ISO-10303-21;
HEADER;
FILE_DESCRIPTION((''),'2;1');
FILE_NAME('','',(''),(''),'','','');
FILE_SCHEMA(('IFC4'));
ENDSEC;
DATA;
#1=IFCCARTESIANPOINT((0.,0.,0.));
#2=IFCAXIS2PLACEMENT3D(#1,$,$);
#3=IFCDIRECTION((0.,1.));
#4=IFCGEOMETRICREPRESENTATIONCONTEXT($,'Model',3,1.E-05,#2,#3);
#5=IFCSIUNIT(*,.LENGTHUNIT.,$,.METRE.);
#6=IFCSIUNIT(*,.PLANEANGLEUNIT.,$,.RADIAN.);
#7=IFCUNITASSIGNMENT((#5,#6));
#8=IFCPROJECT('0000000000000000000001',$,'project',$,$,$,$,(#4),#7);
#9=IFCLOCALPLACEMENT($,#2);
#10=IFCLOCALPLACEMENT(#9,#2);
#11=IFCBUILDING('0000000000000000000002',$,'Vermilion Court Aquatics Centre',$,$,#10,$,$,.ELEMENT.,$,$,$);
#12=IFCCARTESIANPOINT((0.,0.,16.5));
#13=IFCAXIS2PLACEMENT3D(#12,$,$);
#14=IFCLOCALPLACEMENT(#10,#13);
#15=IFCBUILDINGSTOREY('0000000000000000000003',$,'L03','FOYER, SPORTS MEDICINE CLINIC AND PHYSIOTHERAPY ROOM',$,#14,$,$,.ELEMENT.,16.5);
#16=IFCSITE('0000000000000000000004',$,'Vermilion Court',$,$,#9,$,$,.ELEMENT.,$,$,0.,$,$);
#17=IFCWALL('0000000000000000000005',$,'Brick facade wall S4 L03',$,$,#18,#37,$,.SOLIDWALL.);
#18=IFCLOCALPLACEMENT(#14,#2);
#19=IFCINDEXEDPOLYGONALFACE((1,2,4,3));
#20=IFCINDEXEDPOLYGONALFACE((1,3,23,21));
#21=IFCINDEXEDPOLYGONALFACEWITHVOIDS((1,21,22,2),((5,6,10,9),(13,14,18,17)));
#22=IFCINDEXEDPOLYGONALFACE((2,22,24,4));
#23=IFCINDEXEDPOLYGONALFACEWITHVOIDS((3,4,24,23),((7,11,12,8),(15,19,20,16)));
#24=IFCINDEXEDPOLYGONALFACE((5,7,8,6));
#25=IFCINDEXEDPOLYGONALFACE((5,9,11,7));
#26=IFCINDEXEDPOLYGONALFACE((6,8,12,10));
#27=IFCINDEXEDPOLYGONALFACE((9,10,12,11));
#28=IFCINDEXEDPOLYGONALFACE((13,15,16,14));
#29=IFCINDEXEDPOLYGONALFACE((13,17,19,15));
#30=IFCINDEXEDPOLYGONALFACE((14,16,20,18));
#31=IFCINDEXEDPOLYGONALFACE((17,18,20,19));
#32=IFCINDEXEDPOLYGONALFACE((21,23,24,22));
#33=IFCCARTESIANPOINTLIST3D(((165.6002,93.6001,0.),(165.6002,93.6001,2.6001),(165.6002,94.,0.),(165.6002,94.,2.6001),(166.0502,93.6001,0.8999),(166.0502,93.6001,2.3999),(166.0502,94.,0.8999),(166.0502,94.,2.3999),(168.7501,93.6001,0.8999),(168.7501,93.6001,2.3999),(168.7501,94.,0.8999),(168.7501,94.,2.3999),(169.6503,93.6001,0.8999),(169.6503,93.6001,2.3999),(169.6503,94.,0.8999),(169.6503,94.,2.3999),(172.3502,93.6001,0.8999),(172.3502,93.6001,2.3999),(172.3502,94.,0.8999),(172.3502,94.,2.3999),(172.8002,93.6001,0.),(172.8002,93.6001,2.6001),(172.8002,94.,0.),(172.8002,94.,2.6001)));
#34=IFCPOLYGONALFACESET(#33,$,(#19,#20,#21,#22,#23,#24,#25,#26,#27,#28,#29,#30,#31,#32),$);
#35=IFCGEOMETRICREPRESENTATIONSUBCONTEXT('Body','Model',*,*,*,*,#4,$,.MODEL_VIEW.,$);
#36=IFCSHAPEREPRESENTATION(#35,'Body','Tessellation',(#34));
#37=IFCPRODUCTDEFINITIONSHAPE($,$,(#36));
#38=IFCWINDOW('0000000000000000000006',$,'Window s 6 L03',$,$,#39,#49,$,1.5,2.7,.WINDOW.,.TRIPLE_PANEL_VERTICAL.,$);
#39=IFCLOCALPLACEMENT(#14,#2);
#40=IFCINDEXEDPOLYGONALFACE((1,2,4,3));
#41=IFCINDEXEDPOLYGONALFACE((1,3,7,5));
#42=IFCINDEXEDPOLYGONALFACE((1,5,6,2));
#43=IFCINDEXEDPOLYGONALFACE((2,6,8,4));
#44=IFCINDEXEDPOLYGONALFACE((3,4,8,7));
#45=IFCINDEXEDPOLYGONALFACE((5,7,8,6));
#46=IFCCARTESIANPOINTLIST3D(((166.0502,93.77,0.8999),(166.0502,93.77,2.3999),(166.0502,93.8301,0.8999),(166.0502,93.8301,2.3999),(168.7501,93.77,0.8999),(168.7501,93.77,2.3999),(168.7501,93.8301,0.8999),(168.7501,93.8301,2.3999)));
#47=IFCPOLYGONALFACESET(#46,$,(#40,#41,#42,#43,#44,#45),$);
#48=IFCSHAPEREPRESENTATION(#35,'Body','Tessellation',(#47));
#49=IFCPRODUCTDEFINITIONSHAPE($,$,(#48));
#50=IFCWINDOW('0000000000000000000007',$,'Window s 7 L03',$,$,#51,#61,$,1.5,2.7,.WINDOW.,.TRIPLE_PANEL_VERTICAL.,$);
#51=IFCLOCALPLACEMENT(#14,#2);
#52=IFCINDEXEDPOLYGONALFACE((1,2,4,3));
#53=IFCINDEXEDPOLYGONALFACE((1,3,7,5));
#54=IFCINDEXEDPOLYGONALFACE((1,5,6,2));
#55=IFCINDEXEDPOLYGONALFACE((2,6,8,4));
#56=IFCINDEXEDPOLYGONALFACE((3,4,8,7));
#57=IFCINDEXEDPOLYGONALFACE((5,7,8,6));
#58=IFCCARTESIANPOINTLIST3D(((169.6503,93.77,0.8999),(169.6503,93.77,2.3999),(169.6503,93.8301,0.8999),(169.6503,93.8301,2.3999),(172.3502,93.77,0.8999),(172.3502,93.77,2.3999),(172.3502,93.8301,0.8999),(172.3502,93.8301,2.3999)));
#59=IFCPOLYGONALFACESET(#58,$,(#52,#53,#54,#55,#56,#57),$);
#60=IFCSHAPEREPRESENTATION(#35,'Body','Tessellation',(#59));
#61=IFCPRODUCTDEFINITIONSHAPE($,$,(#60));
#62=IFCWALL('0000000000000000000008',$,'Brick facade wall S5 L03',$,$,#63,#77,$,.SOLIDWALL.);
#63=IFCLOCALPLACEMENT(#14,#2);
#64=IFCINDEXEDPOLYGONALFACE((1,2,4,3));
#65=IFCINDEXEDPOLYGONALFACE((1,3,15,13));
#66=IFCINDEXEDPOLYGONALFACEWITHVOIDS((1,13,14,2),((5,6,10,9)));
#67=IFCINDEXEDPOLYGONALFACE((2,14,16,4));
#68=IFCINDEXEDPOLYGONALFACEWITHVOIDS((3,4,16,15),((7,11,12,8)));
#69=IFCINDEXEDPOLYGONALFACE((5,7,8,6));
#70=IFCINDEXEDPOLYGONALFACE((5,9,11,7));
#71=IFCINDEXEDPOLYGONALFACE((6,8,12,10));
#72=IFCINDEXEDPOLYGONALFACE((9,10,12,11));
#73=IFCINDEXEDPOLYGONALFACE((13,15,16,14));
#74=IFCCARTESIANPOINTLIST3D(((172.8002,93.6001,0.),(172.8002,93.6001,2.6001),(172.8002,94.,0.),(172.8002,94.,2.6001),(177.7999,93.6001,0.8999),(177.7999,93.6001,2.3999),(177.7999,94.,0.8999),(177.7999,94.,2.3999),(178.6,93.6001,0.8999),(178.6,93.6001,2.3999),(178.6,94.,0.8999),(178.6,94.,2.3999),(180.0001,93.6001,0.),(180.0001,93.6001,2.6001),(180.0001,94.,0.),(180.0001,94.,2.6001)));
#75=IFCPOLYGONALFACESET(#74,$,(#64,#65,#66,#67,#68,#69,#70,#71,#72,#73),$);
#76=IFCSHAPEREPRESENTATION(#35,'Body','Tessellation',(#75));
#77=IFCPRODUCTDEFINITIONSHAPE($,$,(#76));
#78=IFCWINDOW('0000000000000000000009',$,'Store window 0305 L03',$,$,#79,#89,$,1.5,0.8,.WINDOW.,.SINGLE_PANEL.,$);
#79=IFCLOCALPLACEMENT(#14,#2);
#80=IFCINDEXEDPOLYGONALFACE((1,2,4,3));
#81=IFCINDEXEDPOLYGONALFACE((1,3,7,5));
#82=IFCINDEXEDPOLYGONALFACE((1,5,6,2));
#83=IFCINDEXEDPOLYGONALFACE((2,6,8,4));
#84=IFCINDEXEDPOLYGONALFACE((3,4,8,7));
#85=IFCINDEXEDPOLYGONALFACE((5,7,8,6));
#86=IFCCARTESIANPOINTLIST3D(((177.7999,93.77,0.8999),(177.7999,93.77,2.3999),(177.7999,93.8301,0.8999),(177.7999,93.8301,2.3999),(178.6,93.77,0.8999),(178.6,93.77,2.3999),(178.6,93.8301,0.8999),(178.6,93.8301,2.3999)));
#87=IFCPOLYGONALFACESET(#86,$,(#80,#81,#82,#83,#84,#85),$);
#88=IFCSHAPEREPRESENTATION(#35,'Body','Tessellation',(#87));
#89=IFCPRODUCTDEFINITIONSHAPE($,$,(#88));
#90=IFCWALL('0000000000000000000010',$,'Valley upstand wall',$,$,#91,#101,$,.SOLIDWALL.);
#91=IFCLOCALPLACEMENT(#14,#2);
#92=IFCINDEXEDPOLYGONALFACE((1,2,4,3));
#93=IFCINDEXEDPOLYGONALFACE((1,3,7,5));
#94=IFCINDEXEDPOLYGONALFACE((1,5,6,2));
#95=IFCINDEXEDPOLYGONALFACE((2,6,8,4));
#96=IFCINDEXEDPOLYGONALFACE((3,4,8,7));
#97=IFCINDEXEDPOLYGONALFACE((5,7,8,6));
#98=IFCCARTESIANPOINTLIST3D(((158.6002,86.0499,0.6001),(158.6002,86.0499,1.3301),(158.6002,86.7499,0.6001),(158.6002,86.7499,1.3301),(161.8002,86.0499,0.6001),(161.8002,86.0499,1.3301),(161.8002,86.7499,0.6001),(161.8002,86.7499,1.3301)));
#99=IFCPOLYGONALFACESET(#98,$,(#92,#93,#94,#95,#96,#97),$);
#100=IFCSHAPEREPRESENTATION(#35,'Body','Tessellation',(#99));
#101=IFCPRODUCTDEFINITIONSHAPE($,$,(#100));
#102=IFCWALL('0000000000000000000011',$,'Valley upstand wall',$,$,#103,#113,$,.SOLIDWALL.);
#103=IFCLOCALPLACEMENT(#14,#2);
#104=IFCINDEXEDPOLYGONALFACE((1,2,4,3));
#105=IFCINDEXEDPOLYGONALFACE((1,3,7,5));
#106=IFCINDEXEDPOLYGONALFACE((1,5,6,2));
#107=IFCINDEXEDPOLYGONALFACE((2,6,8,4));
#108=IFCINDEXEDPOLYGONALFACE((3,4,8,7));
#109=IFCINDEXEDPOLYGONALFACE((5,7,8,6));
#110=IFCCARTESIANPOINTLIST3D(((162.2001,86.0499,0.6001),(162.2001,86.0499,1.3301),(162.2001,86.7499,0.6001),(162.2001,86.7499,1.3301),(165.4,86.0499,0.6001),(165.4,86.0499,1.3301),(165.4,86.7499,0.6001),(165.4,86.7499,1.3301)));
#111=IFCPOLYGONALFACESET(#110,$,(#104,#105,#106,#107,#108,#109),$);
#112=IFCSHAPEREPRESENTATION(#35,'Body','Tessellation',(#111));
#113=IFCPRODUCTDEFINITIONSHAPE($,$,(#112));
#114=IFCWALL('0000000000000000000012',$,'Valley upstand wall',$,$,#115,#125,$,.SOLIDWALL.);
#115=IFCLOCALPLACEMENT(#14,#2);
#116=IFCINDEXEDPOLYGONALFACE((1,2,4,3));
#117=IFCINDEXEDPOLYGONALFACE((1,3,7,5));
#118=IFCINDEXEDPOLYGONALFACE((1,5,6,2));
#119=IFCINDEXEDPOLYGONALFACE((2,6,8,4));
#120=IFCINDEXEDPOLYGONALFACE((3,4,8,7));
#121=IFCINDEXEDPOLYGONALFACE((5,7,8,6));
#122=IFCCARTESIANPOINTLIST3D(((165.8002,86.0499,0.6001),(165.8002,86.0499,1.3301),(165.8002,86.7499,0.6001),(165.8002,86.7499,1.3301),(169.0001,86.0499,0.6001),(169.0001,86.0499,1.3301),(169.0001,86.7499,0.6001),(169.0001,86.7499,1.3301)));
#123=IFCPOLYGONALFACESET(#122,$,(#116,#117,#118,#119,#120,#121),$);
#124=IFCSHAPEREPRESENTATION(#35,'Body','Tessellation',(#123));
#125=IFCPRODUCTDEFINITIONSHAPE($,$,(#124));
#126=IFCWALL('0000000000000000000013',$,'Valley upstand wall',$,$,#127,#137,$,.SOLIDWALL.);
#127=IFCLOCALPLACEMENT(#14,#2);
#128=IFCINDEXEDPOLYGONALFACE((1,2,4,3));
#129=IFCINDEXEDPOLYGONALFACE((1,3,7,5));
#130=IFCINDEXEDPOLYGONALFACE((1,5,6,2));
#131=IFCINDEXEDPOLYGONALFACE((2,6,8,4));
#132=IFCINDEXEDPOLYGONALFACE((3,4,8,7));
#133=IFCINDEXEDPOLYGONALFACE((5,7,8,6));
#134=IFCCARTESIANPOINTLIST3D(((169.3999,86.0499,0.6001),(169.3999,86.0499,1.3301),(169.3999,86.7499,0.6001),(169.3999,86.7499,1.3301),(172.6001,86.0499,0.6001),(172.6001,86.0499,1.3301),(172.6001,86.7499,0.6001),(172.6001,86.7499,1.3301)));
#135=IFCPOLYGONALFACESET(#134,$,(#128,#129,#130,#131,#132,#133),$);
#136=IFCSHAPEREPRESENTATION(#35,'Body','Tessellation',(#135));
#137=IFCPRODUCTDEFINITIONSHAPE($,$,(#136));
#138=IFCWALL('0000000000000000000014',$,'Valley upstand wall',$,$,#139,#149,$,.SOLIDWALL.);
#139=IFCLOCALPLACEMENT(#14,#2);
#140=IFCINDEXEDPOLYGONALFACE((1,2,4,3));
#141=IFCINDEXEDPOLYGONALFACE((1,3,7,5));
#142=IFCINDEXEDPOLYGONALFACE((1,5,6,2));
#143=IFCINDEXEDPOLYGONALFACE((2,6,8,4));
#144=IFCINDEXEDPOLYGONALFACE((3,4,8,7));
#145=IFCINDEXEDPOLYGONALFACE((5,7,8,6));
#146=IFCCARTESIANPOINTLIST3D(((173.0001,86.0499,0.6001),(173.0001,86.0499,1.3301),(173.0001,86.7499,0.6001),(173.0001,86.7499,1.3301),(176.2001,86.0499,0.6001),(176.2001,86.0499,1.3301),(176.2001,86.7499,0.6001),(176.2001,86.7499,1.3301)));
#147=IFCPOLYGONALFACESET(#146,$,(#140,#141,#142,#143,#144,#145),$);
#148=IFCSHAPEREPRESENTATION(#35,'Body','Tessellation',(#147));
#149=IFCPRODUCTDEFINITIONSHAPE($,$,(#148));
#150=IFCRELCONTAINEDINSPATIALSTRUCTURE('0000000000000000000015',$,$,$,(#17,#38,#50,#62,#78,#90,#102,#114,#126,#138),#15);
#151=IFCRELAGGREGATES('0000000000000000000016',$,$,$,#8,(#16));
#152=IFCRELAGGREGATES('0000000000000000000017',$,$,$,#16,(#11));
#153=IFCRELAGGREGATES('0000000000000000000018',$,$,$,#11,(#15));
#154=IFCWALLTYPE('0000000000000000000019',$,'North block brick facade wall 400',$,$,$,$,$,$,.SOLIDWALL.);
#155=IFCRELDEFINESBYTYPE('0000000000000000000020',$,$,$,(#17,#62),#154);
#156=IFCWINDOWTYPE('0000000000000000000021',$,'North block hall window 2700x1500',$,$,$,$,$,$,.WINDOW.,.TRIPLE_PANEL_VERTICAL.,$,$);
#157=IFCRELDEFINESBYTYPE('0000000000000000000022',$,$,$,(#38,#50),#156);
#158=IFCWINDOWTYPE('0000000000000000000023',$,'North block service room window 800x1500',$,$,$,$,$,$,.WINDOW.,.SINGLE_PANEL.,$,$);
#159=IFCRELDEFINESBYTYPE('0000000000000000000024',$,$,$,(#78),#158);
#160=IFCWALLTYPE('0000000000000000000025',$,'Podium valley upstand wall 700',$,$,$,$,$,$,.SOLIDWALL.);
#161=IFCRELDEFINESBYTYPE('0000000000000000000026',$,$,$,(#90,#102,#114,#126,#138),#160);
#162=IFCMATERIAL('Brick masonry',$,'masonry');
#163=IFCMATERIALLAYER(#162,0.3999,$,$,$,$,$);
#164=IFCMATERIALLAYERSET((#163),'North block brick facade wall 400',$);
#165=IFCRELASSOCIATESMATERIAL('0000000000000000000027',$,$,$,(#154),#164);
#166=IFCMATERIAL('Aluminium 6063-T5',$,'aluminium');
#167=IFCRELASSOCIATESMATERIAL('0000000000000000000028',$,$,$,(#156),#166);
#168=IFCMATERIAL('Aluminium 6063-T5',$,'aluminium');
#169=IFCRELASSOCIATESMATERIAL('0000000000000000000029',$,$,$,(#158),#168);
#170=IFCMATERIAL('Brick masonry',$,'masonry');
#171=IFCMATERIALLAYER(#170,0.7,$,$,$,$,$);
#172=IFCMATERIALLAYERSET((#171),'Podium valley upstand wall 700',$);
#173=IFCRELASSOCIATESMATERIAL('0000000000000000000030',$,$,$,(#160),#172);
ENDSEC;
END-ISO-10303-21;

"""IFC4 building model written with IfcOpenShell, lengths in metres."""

from ifc_helpers import new_model, si_unit, direction, frame, frame_2d, origin, place, context, subcontext, project, spatial, rectangle, extrude, material, layer, layer_set, type_object, element, fill, save


model = new_model("IFC4")

# Units and contexts
model_context = context("Model", 3, precision=1e-05, world=origin(), true_north=direction((0.0, 1.0)))
body_context = subcontext(model_context, "Body", "Model", "MODEL_VIEW")
ifc_project = project(units=[si_unit("LENGTHUNIT", "METRE"), si_unit("PLANEANGLEUNIT", "RADIAN")], contexts=[model_context])

# Site, building, storey
site_placement = place(None, origin())
site = spatial("IfcSite", under=ifc_project, at=site_placement, Name="Vermilion Court", CompositionType="ELEMENT", RefElevation=0.0)
building_placement = place(site_placement, origin())
building = spatial("IfcBuilding", under=site, at=building_placement, Name="Vermilion Court Aquatics Centre", CompositionType="ELEMENT")
storey_placement = place(building_placement, frame((0.0, 0.0, 16.5)))
storey = spatial("IfcBuildingStorey", under=building, at=storey_placement, Name="L03", Description="FOYER, SPORTS MEDICINE CLINIC AND PHYSIOTHERAPY ROOM", CompositionType="ELEMENT", Elevation=16.5)

# Wall, openings, windows
ifc_material_1 = material(Name="Brick masonry", Category="masonry")
ifc_layer_1 = layer(ifc_material_1, 0.3999)
ifc_layer_set_1 = layer_set([ifc_layer_1], Name="North block brick facade wall 400")
wall_type_1 = type_object("IfcWallType", Name="North block brick facade wall 400", PredefinedType="SOLIDWALL", material=ifc_layer_set_1)
ifc_material_2 = material(Name="Aluminium 6063-T5", Category="aluminium")
window_type_1 = type_object("IfcWindowType", Name="North block hall window 2700x1500", PartitioningType="TRIPLE_PANEL_VERTICAL", PredefinedType="WINDOW", material=ifc_material_2)
wall_1_placement = place(storey_placement, frame((165.6001, 93.8, 0.0), z_axis=(0.0, 0.0, 1.0), x_axis=(1.0, 0.0, 0.0)))
wall_1 = element("IfcWall", 1, at=wall_1_placement, inside=storey, type_object=wall_type_1, Name="Brick facade wall S4 L03", PredefinedType="SOLIDWALL", context=body_context, shape_type="SweptSolid", body=[
    extrude(rectangle(XDim=7.2, YDim=0.3999, at=frame_2d((3.6001, 0.0))), origin(), (0.0, 0.0, 1.0), 2.6001),
])
opening_1_placement = place(wall_1_placement, frame((0.45, 0.0, 0.8999)))
opening_1 = element("IfcOpeningElement", 2, at=opening_1_placement, cuts=wall_1, PredefinedType="OPENING", context=body_context, shape_type="SweptSolid", body=[
    extrude(rectangle(XDim=2.7, YDim=1.5, at=frame_2d((1.3501, 0.75))), frame((0.0, 0.21, 0.0), z_axis=(0.0, -1.0, 0.0), x_axis=(1.0, 0.0, 0.0)), (0.0, 0.0, 1.0), 0.4199),
])
opening_2_placement = place(wall_1_placement, frame((4.05, 0.0, 0.8999)))
opening_2 = element("IfcOpeningElement", 3, at=opening_2_placement, cuts=wall_1, PredefinedType="OPENING", context=body_context, shape_type="SweptSolid", body=[
    extrude(rectangle(XDim=2.7, YDim=1.5, at=frame_2d((1.3501, 0.75))), frame((0.0, 0.21, 0.0), z_axis=(0.0, -1.0, 0.0), x_axis=(1.0, 0.0, 0.0)), (0.0, 0.0, 1.0), 0.4199),
])
window_1_placement = place(opening_1_placement, origin())
window_1 = element("IfcWindow", 4, at=window_1_placement, inside=storey, type_object=window_type_1, Name="Window s 6 L03", OverallHeight=1.5, OverallWidth=2.7, PartitioningType="TRIPLE_PANEL_VERTICAL", PredefinedType="WINDOW", context=body_context, shape_type="SweptSolid", body=[
    extrude(rectangle(XDim=2.7, YDim=1.5, at=frame_2d((1.3501, 0.75))), frame((0.0, 0.03, 0.0), z_axis=(0.0, -1.0, 0.0), x_axis=(1.0, 0.0, 0.0)), (0.0, 0.0, 1.0), 0.0601),
])
fill(opening_1, window_1)
window_2_placement = place(opening_2_placement, origin())
window_2 = element("IfcWindow", 5, at=window_2_placement, inside=storey, type_object=window_type_1, Name="Window s 7 L03", OverallHeight=1.5, OverallWidth=2.7, PartitioningType="TRIPLE_PANEL_VERTICAL", PredefinedType="WINDOW", context=body_context, shape_type="SweptSolid", body=[
    extrude(rectangle(XDim=2.7, YDim=1.5, at=frame_2d((1.3501, 0.75))), frame((0.0, 0.03, 0.0), z_axis=(0.0, -1.0, 0.0), x_axis=(1.0, 0.0, 0.0)), (0.0, 0.0, 1.0), 0.0601),
])
fill(opening_2, window_2)

# Wall, opening, window
wall_2_placement = place(storey_placement, frame((172.8, 93.8, 0.0), z_axis=(0.0, 0.0, 1.0), x_axis=(1.0, 0.0, 0.0)))
wall_2 = element("IfcWall", 6, at=wall_2_placement, inside=storey, type_object=wall_type_1, Name="Brick facade wall S5 L03", PredefinedType="SOLIDWALL", context=body_context, shape_type="SweptSolid", body=[
    extrude(rectangle(XDim=7.2, YDim=0.3999, at=frame_2d((3.6001, 0.0))), origin(), (0.0, 0.0, 1.0), 2.6001),
])
opening_3_placement = place(wall_2_placement, frame((5.0, 0.0, 0.8999)))
opening_3 = element("IfcOpeningElement", 7, at=opening_3_placement, cuts=wall_2, PredefinedType="OPENING", context=body_context, shape_type="SweptSolid", body=[
    extrude(rectangle(XDim=0.8, YDim=1.5, at=frame_2d((0.3999, 0.75))), frame((0.0, 0.21, 0.0), z_axis=(0.0, -1.0, 0.0), x_axis=(1.0, 0.0, 0.0)), (0.0, 0.0, 1.0), 0.4199),
])
ifc_material_3 = material(Name="Aluminium 6063-T5", Category="aluminium")
window_type_2 = type_object("IfcWindowType", Name="North block service room window 800x1500", PartitioningType="SINGLE_PANEL", PredefinedType="WINDOW", material=ifc_material_3)
window_3_placement = place(opening_3_placement, origin())
window_3 = element("IfcWindow", 8, at=window_3_placement, inside=storey, type_object=window_type_2, Name="Store window 0305 L03", OverallHeight=1.5, OverallWidth=0.8, PartitioningType="SINGLE_PANEL", PredefinedType="WINDOW", context=body_context, shape_type="SweptSolid", body=[
    extrude(rectangle(XDim=0.8, YDim=1.5, at=frame_2d((0.3999, 0.75))), frame((0.0, 0.03, 0.0), z_axis=(0.0, -1.0, 0.0), x_axis=(1.0, 0.0, 0.0)), (0.0, 0.0, 1.0), 0.0601),
])
fill(opening_3, window_3)

# Walls
ifc_material_4 = material(Name="Brick masonry", Category="masonry")
ifc_layer_2 = layer(ifc_material_4, 0.7)
ifc_layer_set_2 = layer_set([ifc_layer_2], Name="Podium valley upstand wall 700")
wall_type_2 = type_object("IfcWallType", Name="Podium valley upstand wall 700", PredefinedType="SOLIDWALL", material=ifc_layer_set_2)
for number, where, z_axis, x_axis, name in (
    (9, (158.6001, 86.3999, 0.6001), (0.0, 0.0, 1.0), (1.0, 0.0, 0.0), "Valley upstand wall"),
    (10, (162.2, 86.3999, 0.6001), (0.0, 0.0, 1.0), (1.0, 0.0, 0.0), "Valley upstand wall"),
    (11, (165.8, 86.3999, 0.6001), (0.0, 0.0, 1.0), (1.0, 0.0, 0.0), "Valley upstand wall"),
):
    element("IfcWall", number, at=place(storey_placement, frame(where, z_axis=z_axis, x_axis=x_axis)), inside=storey, type_object=wall_type_2, Name=name, PredefinedType="SOLIDWALL", context=body_context, shape_type="SweptSolid", body=[
        extrude(rectangle(XDim=3.2, YDim=0.7, at=frame_2d((1.6001, 0.0))), origin(), (0.0, 0.0, 1.0), 0.73),
    ])
wall_3_placement = place(storey_placement, frame((169.3999, 86.3999, 0.6001), z_axis=(0.0, 0.0, 1.0), x_axis=(1.0, 0.0, 0.0)))
element("IfcWall", 12, at=wall_3_placement, inside=storey, type_object=wall_type_2, Name="Valley upstand wall", PredefinedType="SOLIDWALL", context=body_context, shape_type="SweptSolid", body=[
    extrude(rectangle(XDim=3.2002, YDim=0.7, at=frame_2d((1.6001, 0.0))), origin(), (0.0, 0.0, 1.0), 0.73),
])
wall_4_placement = place(storey_placement, frame((173.0, 86.3999, 0.6001), z_axis=(0.0, 0.0, 1.0), x_axis=(1.0, 0.0, 0.0)))
element("IfcWall", 13, at=wall_4_placement, inside=storey, type_object=wall_type_2, Name="Valley upstand wall", PredefinedType="SOLIDWALL", context=body_context, shape_type="SweptSolid", body=[
    extrude(rectangle(XDim=3.2, YDim=0.7, at=frame_2d((1.6001, 0.0))), origin(), (0.0, 0.0, 1.0), 0.73),
])

save(model, "model.ifc")
